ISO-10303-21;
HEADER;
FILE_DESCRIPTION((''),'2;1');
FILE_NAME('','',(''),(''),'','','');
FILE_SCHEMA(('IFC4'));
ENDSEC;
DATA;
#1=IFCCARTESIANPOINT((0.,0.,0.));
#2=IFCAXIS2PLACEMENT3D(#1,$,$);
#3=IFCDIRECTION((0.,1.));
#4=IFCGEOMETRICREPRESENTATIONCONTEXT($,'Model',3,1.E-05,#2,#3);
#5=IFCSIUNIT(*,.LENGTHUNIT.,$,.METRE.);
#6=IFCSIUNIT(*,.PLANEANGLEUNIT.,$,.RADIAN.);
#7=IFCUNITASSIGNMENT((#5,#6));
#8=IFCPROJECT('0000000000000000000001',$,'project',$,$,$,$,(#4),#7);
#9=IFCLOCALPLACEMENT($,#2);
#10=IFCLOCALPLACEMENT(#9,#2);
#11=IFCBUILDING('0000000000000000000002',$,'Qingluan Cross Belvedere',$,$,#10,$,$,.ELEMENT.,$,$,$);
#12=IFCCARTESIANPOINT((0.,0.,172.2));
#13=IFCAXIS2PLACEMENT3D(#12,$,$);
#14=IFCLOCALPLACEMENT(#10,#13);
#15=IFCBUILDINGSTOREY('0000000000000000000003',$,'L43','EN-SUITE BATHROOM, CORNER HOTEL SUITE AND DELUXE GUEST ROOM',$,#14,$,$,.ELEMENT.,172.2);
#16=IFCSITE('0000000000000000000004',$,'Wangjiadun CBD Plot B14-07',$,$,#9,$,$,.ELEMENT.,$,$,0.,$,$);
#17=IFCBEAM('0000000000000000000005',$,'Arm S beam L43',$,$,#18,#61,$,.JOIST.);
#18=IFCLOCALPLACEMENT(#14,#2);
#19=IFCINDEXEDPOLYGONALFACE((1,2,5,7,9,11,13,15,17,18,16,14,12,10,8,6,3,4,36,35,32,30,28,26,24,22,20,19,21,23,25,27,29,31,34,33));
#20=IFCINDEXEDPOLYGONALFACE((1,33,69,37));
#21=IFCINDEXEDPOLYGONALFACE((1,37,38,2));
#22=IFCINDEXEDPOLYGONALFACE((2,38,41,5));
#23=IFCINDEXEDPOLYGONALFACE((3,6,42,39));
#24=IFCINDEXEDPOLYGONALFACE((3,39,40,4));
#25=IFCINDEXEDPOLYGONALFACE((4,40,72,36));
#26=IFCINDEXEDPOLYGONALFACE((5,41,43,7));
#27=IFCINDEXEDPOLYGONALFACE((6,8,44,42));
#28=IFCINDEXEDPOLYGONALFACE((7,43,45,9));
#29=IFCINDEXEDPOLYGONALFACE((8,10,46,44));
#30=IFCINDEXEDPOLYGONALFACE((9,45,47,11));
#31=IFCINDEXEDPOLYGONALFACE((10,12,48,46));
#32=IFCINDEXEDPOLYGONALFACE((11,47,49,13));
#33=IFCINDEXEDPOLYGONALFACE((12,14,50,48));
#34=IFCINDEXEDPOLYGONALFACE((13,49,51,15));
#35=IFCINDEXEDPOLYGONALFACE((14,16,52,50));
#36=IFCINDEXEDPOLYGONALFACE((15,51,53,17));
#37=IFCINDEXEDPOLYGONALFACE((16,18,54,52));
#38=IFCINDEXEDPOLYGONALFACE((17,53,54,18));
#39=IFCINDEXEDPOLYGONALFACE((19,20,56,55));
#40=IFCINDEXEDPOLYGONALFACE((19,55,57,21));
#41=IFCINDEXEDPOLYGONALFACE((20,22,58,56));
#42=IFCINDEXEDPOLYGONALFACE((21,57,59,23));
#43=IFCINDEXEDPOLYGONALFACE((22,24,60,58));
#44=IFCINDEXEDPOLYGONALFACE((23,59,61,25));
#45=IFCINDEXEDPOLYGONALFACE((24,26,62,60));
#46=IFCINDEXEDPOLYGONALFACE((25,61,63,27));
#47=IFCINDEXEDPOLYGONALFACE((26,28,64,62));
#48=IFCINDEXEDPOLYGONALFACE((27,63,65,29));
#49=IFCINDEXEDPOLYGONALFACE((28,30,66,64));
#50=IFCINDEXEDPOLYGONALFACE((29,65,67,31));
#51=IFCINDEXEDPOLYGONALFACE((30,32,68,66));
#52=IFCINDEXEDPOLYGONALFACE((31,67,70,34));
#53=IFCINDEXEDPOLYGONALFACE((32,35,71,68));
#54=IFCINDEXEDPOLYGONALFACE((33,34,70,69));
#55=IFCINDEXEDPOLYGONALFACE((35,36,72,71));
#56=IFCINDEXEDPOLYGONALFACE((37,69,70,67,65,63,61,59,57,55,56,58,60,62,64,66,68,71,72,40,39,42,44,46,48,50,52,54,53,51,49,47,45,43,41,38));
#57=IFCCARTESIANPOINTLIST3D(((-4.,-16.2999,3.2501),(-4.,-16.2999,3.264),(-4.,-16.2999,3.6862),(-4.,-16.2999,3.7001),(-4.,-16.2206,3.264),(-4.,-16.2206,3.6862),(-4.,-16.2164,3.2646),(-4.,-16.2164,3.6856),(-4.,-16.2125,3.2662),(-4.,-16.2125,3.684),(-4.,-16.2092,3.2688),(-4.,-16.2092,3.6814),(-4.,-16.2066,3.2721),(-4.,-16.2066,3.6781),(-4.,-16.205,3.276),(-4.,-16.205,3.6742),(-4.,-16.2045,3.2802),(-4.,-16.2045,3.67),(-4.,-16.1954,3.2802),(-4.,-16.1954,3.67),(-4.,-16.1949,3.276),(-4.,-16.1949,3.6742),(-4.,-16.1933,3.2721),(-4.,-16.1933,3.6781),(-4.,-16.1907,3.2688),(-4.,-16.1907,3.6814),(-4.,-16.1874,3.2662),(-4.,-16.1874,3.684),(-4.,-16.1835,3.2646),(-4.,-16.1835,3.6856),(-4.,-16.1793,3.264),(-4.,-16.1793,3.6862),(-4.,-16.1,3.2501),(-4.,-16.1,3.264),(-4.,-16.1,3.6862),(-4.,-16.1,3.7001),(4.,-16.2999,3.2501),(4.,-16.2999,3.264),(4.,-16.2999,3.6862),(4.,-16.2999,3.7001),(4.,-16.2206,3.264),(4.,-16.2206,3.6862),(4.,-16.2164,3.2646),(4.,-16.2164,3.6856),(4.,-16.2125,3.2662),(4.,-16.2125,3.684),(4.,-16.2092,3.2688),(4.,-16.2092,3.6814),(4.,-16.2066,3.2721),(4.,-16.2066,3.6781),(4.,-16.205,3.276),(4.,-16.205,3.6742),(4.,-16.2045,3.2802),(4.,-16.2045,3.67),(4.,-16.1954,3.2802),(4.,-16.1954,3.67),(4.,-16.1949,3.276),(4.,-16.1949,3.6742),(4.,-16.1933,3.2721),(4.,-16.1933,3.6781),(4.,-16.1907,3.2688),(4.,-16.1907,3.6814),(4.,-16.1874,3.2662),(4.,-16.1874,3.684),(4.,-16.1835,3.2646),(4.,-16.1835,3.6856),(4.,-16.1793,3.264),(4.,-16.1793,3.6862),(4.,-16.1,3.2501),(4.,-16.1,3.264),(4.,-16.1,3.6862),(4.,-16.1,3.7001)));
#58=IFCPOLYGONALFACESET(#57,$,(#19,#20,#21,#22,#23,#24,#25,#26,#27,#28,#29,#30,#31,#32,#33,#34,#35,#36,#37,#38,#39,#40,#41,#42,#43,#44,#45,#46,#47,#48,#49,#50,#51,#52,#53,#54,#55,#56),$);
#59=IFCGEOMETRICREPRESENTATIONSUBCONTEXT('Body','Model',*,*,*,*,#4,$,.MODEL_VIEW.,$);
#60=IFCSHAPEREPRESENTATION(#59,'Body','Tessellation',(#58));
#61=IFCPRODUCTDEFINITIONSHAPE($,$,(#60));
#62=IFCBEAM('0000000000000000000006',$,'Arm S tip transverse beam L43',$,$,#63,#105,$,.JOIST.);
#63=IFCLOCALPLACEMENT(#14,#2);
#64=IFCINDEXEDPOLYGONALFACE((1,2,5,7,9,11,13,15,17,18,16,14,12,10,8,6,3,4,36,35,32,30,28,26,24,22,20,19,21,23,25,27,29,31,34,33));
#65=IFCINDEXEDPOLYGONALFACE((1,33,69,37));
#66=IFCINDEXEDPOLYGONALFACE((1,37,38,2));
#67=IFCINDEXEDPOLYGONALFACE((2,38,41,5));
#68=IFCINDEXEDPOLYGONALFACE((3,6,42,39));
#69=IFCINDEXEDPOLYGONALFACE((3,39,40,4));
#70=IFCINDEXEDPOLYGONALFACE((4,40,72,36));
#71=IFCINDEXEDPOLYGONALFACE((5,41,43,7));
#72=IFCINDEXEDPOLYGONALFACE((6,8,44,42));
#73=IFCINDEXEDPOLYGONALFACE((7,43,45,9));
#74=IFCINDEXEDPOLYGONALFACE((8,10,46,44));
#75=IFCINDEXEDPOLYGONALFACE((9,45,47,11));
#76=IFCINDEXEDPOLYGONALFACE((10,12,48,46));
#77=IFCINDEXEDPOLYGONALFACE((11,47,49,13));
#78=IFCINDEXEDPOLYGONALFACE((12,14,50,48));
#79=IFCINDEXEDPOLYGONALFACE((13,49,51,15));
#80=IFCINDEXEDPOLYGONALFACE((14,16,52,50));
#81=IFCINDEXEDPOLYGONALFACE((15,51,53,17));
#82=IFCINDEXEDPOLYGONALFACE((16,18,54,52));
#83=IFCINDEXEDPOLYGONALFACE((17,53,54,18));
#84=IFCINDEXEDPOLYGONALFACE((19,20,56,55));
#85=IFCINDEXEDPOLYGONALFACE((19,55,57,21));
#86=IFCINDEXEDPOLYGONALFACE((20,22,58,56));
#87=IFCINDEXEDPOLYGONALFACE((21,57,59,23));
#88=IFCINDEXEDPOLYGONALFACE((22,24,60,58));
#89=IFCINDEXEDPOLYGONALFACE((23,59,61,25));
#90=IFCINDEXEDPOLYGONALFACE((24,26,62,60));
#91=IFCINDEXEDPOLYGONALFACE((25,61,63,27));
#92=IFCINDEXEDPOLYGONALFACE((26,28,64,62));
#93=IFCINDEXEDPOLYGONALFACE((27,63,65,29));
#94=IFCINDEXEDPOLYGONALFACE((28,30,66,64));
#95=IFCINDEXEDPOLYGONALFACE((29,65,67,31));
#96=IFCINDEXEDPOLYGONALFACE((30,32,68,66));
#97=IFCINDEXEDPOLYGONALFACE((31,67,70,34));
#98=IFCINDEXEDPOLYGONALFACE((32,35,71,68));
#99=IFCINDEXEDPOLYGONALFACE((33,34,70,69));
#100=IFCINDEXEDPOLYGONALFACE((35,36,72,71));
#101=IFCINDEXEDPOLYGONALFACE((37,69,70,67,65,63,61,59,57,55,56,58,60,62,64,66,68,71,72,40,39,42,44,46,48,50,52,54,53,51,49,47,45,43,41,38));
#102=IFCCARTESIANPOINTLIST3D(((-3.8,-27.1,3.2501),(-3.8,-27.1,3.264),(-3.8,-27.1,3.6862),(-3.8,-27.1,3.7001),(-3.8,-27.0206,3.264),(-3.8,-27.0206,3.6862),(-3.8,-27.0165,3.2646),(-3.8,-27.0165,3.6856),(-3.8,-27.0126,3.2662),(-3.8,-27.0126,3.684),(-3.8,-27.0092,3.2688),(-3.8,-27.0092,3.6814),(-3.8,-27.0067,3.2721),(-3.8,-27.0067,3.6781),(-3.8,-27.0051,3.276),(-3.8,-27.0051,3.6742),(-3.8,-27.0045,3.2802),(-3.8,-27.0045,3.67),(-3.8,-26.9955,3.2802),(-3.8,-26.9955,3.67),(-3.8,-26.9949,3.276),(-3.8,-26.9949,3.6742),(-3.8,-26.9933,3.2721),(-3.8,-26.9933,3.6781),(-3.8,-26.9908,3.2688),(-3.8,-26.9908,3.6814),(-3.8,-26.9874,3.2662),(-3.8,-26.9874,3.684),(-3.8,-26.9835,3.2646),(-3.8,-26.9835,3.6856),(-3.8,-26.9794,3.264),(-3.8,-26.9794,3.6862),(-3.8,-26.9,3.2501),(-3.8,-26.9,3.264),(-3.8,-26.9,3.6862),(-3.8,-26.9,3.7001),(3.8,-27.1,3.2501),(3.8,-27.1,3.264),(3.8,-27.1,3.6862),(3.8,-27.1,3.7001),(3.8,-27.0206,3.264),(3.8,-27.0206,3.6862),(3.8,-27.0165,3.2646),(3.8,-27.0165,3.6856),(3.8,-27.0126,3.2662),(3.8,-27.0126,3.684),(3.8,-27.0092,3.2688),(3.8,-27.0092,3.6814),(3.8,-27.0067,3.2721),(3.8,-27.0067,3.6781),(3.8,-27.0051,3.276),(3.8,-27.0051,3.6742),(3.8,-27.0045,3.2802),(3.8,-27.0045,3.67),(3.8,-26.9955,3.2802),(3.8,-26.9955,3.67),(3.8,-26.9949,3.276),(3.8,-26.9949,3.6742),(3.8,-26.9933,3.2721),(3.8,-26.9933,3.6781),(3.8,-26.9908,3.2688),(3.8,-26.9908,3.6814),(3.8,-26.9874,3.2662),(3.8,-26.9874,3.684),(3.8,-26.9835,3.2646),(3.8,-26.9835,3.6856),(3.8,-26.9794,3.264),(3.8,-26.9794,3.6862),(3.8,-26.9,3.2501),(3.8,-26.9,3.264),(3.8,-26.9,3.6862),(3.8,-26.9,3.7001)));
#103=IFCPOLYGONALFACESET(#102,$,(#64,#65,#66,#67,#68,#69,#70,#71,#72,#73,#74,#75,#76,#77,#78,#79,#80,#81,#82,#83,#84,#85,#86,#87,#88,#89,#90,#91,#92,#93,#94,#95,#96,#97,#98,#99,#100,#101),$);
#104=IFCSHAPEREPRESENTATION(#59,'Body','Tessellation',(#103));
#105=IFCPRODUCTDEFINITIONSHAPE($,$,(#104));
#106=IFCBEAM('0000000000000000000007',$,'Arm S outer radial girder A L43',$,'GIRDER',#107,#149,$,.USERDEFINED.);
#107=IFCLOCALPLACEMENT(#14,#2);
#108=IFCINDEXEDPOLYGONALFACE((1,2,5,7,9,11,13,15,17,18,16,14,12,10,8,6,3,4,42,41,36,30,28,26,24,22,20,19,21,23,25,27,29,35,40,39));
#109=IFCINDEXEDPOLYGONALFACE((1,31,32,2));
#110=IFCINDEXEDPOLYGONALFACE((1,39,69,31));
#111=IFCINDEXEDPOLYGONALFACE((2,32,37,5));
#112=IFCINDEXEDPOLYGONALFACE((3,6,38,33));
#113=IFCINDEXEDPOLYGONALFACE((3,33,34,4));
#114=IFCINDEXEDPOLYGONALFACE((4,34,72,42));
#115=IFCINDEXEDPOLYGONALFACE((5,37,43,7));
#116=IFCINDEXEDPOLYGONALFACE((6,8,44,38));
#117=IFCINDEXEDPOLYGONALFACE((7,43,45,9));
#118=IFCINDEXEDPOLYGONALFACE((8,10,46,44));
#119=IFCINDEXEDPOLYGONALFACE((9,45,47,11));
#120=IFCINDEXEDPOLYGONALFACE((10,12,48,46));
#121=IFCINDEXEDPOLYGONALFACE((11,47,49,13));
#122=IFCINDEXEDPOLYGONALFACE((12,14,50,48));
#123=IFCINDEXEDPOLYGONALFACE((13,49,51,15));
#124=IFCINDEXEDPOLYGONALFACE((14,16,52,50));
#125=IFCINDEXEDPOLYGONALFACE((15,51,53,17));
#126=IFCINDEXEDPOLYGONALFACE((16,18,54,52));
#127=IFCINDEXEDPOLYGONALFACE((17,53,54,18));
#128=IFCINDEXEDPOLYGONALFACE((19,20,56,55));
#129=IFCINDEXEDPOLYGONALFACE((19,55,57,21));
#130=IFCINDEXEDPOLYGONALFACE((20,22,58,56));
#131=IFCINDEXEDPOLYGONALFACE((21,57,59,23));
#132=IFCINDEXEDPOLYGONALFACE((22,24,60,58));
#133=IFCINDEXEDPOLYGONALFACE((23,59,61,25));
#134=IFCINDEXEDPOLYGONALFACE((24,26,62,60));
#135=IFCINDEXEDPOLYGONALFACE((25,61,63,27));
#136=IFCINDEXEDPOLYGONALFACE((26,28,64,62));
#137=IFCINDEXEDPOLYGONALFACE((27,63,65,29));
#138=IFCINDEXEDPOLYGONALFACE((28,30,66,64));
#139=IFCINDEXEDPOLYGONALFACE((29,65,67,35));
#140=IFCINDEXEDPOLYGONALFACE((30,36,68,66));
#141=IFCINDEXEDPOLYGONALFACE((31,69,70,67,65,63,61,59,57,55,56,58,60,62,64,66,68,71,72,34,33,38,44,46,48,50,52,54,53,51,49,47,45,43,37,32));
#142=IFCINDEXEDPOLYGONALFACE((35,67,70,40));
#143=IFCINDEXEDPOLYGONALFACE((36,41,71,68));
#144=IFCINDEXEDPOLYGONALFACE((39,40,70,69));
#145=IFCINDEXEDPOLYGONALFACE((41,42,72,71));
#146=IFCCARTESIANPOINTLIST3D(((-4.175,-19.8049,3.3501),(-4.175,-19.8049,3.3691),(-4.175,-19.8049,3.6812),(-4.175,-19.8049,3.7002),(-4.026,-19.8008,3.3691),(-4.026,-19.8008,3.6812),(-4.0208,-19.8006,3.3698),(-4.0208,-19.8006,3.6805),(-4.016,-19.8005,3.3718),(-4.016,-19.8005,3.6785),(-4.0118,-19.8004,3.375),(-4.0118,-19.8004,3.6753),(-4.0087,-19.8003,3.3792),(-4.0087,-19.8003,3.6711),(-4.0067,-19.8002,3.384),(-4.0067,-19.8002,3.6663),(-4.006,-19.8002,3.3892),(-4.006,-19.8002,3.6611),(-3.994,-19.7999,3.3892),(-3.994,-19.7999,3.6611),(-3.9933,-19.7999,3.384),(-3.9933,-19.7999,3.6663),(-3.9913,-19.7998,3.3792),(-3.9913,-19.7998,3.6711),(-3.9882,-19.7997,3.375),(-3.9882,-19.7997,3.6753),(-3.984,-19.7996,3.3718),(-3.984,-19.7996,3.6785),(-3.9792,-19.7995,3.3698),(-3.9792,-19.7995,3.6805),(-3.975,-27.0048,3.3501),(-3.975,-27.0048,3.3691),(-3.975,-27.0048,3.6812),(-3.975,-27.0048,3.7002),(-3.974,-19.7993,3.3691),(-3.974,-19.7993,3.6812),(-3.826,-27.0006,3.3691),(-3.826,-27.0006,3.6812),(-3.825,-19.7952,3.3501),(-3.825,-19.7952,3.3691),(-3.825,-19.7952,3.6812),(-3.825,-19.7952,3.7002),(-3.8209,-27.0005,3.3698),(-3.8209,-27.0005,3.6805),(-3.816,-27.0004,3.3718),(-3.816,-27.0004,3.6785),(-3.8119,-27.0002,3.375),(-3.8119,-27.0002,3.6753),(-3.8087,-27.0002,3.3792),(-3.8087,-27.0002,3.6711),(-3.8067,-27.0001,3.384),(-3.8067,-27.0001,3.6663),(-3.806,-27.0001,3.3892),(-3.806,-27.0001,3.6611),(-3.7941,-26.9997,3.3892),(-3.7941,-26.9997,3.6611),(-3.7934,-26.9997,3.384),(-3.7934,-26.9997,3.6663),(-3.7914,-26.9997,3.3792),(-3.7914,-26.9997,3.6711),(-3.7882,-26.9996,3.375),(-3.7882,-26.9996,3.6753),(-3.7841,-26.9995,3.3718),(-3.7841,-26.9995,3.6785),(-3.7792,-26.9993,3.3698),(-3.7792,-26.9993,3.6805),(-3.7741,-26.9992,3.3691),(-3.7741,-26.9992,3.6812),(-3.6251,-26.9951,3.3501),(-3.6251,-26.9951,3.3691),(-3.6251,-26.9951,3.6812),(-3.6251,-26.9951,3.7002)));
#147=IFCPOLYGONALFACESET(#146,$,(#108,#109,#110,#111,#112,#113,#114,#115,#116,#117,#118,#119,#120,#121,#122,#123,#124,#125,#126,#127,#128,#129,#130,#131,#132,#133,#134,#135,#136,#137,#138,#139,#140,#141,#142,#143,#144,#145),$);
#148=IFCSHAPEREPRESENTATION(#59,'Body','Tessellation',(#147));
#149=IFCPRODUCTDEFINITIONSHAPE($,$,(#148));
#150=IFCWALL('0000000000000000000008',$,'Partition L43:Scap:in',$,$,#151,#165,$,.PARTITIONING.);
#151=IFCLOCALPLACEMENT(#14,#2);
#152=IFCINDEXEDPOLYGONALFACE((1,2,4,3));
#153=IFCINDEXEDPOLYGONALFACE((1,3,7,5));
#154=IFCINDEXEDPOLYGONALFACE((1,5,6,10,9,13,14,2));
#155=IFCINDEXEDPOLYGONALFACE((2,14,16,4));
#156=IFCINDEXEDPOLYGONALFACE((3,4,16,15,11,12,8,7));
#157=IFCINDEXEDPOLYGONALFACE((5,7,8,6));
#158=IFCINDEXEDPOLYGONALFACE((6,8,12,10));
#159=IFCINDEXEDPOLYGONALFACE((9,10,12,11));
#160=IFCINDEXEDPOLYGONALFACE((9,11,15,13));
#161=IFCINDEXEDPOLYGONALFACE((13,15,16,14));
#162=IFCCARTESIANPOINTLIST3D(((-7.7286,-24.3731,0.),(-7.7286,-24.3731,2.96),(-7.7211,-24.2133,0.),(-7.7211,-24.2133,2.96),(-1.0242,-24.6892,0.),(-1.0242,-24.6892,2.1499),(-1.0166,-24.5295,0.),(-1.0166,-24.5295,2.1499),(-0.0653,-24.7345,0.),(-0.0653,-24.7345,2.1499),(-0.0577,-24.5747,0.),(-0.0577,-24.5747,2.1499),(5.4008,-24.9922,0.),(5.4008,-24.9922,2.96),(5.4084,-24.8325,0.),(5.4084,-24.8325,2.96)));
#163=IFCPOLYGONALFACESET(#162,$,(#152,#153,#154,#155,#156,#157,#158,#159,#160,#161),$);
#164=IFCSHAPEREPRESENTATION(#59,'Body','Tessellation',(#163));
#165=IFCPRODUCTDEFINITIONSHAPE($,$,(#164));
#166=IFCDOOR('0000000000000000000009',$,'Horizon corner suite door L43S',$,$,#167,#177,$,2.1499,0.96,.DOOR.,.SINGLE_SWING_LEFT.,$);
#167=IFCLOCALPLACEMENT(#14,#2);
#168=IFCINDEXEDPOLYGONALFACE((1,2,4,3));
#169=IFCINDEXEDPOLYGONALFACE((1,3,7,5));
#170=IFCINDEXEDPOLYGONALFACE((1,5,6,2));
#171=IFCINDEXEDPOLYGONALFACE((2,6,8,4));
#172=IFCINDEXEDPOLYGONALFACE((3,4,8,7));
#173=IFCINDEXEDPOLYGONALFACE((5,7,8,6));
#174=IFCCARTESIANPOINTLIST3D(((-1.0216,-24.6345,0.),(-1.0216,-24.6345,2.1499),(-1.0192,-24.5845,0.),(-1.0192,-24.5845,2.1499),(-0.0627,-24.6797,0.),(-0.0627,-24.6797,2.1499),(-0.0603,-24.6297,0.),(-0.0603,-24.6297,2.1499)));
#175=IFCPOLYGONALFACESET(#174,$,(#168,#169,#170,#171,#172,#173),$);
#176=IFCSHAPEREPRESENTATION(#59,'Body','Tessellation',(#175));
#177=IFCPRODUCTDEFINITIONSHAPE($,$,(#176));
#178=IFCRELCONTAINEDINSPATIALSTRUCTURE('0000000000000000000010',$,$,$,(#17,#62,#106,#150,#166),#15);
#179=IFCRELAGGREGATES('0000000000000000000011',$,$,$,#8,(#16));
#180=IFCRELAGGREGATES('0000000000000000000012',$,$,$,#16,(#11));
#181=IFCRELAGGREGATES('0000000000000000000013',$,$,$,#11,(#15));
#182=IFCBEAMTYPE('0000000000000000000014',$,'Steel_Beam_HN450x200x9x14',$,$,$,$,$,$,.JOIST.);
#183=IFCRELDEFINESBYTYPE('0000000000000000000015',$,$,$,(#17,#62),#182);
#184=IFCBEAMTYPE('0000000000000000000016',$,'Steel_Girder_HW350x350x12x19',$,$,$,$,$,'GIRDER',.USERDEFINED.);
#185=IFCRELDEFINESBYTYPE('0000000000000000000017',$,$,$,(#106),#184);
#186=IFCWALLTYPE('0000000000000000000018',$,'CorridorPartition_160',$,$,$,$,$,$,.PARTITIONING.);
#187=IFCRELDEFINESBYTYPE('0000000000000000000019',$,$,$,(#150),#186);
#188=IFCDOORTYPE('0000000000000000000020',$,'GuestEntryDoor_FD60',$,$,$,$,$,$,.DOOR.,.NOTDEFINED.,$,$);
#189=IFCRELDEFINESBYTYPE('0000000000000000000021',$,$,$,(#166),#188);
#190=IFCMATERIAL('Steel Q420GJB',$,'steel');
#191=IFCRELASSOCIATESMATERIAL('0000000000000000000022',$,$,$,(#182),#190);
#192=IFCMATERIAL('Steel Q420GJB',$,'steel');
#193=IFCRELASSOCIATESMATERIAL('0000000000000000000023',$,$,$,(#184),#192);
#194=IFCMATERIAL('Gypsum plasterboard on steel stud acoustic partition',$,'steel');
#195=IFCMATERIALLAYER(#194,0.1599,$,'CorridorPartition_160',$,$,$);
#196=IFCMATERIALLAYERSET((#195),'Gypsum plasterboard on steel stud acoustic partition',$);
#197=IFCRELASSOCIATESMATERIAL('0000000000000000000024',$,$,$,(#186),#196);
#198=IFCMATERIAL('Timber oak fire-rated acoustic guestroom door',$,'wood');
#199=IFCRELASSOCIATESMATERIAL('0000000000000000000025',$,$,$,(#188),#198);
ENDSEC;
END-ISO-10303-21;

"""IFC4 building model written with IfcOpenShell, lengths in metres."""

from ifc_helpers import new_model, si_unit, direction, frame, frame_2d, origin, origin_2d, place, context, subcontext, project, spatial, rectangle, i_section, extrude, material, layer, layer_set, material_profile, profile_set, type_object, element, fill, save


model = new_model("IFC4")

# Units and contexts
model_context = context("Model", 3, precision=1e-05, world=origin(), true_north=direction((0.0, 1.0)))
body_context = subcontext(model_context, "Body", "Model", "MODEL_VIEW")
ifc_project = project(units=[si_unit("LENGTHUNIT", "METRE"), si_unit("PLANEANGLEUNIT", "RADIAN")], contexts=[model_context])

# Site, building, storey
site_placement = place(None, origin())
site = spatial("IfcSite", under=ifc_project, at=site_placement, Name="Wangjiadun CBD Plot B14-07", CompositionType="ELEMENT", RefElevation=0.0)
building_placement = place(site_placement, origin())
building = spatial("IfcBuilding", under=site, at=building_placement, Name="Qingluan Cross Belvedere", CompositionType="ELEMENT")
storey_placement = place(building_placement, frame((0.0, 0.0, 172.2)))
storey = spatial("IfcBuildingStorey", under=building, at=storey_placement, Name="L43", Description="EN-SUITE BATHROOM, CORNER HOTEL SUITE AND DELUXE GUEST ROOM", CompositionType="ELEMENT", Elevation=172.2)

# Beams
ifc_material_1 = material(Name="Steel Q420GJB", Category="steel")
ifc_material_profile_1 = material_profile(ifc_material_1, i_section(OverallWidth=0.2, OverallDepth=0.45, WebThickness=0.009, FlangeThickness=0.0139, FilletRadius=0.0161, at=origin_2d()), Name="HN450x200x9x14")
ifc_profile_set_1 = profile_set([ifc_material_profile_1], Name="Steel Q420GJB")
beam_type_1 = type_object("IfcBeamType", Name="Steel_Beam_HN450x200x9x14", PredefinedType="JOIST", material=ifc_profile_set_1)
for number, where, z_axis, x_axis, name in (
    (1, (-4.0, -16.2, 3.4751), (1.0, 0.0, 0.0), (0.0, 1.0, 0.0), "Arm S beam L43"),
):
    element("IfcBeam", number, at=place(storey_placement, frame(where, z_axis=z_axis, x_axis=x_axis)), inside=storey, type_object=beam_type_1, Name=name, PredefinedType="JOIST", context=body_context, shape_type="SweptSolid", body=[
        extrude(i_section(OverallWidth=0.2, OverallDepth=0.45, WebThickness=0.009, FlangeThickness=0.0139, FilletRadius=0.0161, at=origin_2d()), origin(), (0.0, 0.0, 1.0), 8.0),
    ])
beam_1_placement = place(storey_placement, frame((-3.8, -27.0, 3.4751), z_axis=(1.0, 0.0, 0.0), x_axis=(0.0, 1.0, 0.0)))
element("IfcBeam", 2, at=beam_1_placement, inside=storey, type_object=beam_type_1, Name="Arm S tip transverse beam L43", PredefinedType="JOIST", context=body_context, shape_type="SweptSolid", body=[
    extrude(i_section(OverallWidth=0.2, OverallDepth=0.45, WebThickness=0.009, FlangeThickness=0.0139, FilletRadius=0.0161, at=origin_2d()), origin(), (0.0, 0.0, 1.0), 7.6001),
])
ifc_material_2 = material(Name="Steel Q420GJB", Category="steel")
ifc_material_profile_2 = material_profile(ifc_material_2, i_section(OverallWidth=0.3501, OverallDepth=0.3501, WebThickness=0.012, FlangeThickness=0.019, FilletRadius=0.02, at=origin_2d()), Name="HW350x350x12x19")
ifc_profile_set_2 = profile_set([ifc_material_profile_2], Name="Steel Q420GJB")
beam_type_2 = type_object("IfcBeamType", Name="Steel_Girder_HW350x350x12x19", ElementType="GIRDER", PredefinedType="USERDEFINED", material=ifc_profile_set_2)
beam_2_placement = place(storey_placement, frame((-4.0, -19.8, 3.5251), z_axis=(0.02776, -0.999615, 0.0), x_axis=(0.999615, 0.02776, 0.0)))
element("IfcBeam", 3, at=beam_2_placement, inside=storey, type_object=beam_type_2, Name="Arm S outer radial girder A L43", ObjectType="GIRDER", PredefinedType="USERDEFINED", context=body_context, shape_type="SweptSolid", body=[
    extrude(i_section(OverallWidth=0.3501, OverallDepth=0.3501, WebThickness=0.012, FlangeThickness=0.019, FilletRadius=0.02, at=origin_2d()), origin(), (0.0, 0.0, 1.0), 7.2026),
])

# Wall, opening, door
ifc_material_3 = material(Name="Gypsum plasterboard on steel stud acoustic partition", Category="steel")
ifc_layer_1 = layer(ifc_material_3, 0.1599, Name="CorridorPartition_160")
ifc_layer_set_1 = layer_set([ifc_layer_1], Name="Gypsum plasterboard on steel stud acoustic partition")
wall_type_1 = type_object("IfcWallType", Name="CorridorPartition_160", PredefinedType="PARTITIONING", material=ifc_layer_set_1)
wall_1_placement = place(storey_placement, frame((-7.7249, -24.2932, 0.0), z_axis=(0.0, 0.0, 1.0), x_axis=(0.99889, -0.047104, 0.0)))
wall_1 = element("IfcWall", 4, at=wall_1_placement, inside=storey, type_object=wall_type_1, Name="Partition L43:Scap:in", PredefinedType="PARTITIONING", context=body_context, shape_type="SweptSolid", body=[
    extrude(rectangle(XDim=13.144, YDim=0.1599, at=frame_2d((6.572, 0.0))), origin(), (0.0, 0.0, 1.0), 2.96),
])
opening_1_placement = place(wall_1_placement, frame((6.7119, 0.0, 0.0)))
opening_1 = element("IfcOpeningElement", 5, at=opening_1_placement, cuts=wall_1, PredefinedType="OPENING", context=body_context, shape_type="SweptSolid", body=[
    extrude(rectangle(XDim=0.96, YDim=2.1499, at=frame_2d((0.48, 1.075))), frame((0.0, 0.0898, 0.0), z_axis=(0.0, -1.0, 0.0), x_axis=(1.0, 0.0, 0.0)), (0.0, 0.0, 1.0), 0.1799),
])
ifc_material_4 = material(Name="Timber oak fire-rated acoustic guestroom door", Category="wood")
door_type_1 = type_object("IfcDoorType", Name="GuestEntryDoor_FD60", OperationType="NOTDEFINED", PredefinedType="DOOR", material=ifc_material_4)
door_1_placement = place(opening_1_placement, origin())
door_1 = element("IfcDoor", 6, at=door_1_placement, inside=storey, type_object=door_type_1, Name="Horizon corner suite door L43S", OperationType="SINGLE_SWING_LEFT", OverallHeight=2.1499, OverallWidth=0.96, PredefinedType="DOOR", context=body_context, shape_type="SweptSolid", body=[
    extrude(rectangle(XDim=0.96, YDim=2.1499, at=frame_2d((0.48, 1.075))), frame((0.0, 0.0249, 0.0), z_axis=(0.0, -1.0, 0.0), x_axis=(1.0, 0.0, 0.0)), (0.0, 0.0, 1.0), 0.05),
])
fill(opening_1, door_1)

save(model, "model.ifc")
